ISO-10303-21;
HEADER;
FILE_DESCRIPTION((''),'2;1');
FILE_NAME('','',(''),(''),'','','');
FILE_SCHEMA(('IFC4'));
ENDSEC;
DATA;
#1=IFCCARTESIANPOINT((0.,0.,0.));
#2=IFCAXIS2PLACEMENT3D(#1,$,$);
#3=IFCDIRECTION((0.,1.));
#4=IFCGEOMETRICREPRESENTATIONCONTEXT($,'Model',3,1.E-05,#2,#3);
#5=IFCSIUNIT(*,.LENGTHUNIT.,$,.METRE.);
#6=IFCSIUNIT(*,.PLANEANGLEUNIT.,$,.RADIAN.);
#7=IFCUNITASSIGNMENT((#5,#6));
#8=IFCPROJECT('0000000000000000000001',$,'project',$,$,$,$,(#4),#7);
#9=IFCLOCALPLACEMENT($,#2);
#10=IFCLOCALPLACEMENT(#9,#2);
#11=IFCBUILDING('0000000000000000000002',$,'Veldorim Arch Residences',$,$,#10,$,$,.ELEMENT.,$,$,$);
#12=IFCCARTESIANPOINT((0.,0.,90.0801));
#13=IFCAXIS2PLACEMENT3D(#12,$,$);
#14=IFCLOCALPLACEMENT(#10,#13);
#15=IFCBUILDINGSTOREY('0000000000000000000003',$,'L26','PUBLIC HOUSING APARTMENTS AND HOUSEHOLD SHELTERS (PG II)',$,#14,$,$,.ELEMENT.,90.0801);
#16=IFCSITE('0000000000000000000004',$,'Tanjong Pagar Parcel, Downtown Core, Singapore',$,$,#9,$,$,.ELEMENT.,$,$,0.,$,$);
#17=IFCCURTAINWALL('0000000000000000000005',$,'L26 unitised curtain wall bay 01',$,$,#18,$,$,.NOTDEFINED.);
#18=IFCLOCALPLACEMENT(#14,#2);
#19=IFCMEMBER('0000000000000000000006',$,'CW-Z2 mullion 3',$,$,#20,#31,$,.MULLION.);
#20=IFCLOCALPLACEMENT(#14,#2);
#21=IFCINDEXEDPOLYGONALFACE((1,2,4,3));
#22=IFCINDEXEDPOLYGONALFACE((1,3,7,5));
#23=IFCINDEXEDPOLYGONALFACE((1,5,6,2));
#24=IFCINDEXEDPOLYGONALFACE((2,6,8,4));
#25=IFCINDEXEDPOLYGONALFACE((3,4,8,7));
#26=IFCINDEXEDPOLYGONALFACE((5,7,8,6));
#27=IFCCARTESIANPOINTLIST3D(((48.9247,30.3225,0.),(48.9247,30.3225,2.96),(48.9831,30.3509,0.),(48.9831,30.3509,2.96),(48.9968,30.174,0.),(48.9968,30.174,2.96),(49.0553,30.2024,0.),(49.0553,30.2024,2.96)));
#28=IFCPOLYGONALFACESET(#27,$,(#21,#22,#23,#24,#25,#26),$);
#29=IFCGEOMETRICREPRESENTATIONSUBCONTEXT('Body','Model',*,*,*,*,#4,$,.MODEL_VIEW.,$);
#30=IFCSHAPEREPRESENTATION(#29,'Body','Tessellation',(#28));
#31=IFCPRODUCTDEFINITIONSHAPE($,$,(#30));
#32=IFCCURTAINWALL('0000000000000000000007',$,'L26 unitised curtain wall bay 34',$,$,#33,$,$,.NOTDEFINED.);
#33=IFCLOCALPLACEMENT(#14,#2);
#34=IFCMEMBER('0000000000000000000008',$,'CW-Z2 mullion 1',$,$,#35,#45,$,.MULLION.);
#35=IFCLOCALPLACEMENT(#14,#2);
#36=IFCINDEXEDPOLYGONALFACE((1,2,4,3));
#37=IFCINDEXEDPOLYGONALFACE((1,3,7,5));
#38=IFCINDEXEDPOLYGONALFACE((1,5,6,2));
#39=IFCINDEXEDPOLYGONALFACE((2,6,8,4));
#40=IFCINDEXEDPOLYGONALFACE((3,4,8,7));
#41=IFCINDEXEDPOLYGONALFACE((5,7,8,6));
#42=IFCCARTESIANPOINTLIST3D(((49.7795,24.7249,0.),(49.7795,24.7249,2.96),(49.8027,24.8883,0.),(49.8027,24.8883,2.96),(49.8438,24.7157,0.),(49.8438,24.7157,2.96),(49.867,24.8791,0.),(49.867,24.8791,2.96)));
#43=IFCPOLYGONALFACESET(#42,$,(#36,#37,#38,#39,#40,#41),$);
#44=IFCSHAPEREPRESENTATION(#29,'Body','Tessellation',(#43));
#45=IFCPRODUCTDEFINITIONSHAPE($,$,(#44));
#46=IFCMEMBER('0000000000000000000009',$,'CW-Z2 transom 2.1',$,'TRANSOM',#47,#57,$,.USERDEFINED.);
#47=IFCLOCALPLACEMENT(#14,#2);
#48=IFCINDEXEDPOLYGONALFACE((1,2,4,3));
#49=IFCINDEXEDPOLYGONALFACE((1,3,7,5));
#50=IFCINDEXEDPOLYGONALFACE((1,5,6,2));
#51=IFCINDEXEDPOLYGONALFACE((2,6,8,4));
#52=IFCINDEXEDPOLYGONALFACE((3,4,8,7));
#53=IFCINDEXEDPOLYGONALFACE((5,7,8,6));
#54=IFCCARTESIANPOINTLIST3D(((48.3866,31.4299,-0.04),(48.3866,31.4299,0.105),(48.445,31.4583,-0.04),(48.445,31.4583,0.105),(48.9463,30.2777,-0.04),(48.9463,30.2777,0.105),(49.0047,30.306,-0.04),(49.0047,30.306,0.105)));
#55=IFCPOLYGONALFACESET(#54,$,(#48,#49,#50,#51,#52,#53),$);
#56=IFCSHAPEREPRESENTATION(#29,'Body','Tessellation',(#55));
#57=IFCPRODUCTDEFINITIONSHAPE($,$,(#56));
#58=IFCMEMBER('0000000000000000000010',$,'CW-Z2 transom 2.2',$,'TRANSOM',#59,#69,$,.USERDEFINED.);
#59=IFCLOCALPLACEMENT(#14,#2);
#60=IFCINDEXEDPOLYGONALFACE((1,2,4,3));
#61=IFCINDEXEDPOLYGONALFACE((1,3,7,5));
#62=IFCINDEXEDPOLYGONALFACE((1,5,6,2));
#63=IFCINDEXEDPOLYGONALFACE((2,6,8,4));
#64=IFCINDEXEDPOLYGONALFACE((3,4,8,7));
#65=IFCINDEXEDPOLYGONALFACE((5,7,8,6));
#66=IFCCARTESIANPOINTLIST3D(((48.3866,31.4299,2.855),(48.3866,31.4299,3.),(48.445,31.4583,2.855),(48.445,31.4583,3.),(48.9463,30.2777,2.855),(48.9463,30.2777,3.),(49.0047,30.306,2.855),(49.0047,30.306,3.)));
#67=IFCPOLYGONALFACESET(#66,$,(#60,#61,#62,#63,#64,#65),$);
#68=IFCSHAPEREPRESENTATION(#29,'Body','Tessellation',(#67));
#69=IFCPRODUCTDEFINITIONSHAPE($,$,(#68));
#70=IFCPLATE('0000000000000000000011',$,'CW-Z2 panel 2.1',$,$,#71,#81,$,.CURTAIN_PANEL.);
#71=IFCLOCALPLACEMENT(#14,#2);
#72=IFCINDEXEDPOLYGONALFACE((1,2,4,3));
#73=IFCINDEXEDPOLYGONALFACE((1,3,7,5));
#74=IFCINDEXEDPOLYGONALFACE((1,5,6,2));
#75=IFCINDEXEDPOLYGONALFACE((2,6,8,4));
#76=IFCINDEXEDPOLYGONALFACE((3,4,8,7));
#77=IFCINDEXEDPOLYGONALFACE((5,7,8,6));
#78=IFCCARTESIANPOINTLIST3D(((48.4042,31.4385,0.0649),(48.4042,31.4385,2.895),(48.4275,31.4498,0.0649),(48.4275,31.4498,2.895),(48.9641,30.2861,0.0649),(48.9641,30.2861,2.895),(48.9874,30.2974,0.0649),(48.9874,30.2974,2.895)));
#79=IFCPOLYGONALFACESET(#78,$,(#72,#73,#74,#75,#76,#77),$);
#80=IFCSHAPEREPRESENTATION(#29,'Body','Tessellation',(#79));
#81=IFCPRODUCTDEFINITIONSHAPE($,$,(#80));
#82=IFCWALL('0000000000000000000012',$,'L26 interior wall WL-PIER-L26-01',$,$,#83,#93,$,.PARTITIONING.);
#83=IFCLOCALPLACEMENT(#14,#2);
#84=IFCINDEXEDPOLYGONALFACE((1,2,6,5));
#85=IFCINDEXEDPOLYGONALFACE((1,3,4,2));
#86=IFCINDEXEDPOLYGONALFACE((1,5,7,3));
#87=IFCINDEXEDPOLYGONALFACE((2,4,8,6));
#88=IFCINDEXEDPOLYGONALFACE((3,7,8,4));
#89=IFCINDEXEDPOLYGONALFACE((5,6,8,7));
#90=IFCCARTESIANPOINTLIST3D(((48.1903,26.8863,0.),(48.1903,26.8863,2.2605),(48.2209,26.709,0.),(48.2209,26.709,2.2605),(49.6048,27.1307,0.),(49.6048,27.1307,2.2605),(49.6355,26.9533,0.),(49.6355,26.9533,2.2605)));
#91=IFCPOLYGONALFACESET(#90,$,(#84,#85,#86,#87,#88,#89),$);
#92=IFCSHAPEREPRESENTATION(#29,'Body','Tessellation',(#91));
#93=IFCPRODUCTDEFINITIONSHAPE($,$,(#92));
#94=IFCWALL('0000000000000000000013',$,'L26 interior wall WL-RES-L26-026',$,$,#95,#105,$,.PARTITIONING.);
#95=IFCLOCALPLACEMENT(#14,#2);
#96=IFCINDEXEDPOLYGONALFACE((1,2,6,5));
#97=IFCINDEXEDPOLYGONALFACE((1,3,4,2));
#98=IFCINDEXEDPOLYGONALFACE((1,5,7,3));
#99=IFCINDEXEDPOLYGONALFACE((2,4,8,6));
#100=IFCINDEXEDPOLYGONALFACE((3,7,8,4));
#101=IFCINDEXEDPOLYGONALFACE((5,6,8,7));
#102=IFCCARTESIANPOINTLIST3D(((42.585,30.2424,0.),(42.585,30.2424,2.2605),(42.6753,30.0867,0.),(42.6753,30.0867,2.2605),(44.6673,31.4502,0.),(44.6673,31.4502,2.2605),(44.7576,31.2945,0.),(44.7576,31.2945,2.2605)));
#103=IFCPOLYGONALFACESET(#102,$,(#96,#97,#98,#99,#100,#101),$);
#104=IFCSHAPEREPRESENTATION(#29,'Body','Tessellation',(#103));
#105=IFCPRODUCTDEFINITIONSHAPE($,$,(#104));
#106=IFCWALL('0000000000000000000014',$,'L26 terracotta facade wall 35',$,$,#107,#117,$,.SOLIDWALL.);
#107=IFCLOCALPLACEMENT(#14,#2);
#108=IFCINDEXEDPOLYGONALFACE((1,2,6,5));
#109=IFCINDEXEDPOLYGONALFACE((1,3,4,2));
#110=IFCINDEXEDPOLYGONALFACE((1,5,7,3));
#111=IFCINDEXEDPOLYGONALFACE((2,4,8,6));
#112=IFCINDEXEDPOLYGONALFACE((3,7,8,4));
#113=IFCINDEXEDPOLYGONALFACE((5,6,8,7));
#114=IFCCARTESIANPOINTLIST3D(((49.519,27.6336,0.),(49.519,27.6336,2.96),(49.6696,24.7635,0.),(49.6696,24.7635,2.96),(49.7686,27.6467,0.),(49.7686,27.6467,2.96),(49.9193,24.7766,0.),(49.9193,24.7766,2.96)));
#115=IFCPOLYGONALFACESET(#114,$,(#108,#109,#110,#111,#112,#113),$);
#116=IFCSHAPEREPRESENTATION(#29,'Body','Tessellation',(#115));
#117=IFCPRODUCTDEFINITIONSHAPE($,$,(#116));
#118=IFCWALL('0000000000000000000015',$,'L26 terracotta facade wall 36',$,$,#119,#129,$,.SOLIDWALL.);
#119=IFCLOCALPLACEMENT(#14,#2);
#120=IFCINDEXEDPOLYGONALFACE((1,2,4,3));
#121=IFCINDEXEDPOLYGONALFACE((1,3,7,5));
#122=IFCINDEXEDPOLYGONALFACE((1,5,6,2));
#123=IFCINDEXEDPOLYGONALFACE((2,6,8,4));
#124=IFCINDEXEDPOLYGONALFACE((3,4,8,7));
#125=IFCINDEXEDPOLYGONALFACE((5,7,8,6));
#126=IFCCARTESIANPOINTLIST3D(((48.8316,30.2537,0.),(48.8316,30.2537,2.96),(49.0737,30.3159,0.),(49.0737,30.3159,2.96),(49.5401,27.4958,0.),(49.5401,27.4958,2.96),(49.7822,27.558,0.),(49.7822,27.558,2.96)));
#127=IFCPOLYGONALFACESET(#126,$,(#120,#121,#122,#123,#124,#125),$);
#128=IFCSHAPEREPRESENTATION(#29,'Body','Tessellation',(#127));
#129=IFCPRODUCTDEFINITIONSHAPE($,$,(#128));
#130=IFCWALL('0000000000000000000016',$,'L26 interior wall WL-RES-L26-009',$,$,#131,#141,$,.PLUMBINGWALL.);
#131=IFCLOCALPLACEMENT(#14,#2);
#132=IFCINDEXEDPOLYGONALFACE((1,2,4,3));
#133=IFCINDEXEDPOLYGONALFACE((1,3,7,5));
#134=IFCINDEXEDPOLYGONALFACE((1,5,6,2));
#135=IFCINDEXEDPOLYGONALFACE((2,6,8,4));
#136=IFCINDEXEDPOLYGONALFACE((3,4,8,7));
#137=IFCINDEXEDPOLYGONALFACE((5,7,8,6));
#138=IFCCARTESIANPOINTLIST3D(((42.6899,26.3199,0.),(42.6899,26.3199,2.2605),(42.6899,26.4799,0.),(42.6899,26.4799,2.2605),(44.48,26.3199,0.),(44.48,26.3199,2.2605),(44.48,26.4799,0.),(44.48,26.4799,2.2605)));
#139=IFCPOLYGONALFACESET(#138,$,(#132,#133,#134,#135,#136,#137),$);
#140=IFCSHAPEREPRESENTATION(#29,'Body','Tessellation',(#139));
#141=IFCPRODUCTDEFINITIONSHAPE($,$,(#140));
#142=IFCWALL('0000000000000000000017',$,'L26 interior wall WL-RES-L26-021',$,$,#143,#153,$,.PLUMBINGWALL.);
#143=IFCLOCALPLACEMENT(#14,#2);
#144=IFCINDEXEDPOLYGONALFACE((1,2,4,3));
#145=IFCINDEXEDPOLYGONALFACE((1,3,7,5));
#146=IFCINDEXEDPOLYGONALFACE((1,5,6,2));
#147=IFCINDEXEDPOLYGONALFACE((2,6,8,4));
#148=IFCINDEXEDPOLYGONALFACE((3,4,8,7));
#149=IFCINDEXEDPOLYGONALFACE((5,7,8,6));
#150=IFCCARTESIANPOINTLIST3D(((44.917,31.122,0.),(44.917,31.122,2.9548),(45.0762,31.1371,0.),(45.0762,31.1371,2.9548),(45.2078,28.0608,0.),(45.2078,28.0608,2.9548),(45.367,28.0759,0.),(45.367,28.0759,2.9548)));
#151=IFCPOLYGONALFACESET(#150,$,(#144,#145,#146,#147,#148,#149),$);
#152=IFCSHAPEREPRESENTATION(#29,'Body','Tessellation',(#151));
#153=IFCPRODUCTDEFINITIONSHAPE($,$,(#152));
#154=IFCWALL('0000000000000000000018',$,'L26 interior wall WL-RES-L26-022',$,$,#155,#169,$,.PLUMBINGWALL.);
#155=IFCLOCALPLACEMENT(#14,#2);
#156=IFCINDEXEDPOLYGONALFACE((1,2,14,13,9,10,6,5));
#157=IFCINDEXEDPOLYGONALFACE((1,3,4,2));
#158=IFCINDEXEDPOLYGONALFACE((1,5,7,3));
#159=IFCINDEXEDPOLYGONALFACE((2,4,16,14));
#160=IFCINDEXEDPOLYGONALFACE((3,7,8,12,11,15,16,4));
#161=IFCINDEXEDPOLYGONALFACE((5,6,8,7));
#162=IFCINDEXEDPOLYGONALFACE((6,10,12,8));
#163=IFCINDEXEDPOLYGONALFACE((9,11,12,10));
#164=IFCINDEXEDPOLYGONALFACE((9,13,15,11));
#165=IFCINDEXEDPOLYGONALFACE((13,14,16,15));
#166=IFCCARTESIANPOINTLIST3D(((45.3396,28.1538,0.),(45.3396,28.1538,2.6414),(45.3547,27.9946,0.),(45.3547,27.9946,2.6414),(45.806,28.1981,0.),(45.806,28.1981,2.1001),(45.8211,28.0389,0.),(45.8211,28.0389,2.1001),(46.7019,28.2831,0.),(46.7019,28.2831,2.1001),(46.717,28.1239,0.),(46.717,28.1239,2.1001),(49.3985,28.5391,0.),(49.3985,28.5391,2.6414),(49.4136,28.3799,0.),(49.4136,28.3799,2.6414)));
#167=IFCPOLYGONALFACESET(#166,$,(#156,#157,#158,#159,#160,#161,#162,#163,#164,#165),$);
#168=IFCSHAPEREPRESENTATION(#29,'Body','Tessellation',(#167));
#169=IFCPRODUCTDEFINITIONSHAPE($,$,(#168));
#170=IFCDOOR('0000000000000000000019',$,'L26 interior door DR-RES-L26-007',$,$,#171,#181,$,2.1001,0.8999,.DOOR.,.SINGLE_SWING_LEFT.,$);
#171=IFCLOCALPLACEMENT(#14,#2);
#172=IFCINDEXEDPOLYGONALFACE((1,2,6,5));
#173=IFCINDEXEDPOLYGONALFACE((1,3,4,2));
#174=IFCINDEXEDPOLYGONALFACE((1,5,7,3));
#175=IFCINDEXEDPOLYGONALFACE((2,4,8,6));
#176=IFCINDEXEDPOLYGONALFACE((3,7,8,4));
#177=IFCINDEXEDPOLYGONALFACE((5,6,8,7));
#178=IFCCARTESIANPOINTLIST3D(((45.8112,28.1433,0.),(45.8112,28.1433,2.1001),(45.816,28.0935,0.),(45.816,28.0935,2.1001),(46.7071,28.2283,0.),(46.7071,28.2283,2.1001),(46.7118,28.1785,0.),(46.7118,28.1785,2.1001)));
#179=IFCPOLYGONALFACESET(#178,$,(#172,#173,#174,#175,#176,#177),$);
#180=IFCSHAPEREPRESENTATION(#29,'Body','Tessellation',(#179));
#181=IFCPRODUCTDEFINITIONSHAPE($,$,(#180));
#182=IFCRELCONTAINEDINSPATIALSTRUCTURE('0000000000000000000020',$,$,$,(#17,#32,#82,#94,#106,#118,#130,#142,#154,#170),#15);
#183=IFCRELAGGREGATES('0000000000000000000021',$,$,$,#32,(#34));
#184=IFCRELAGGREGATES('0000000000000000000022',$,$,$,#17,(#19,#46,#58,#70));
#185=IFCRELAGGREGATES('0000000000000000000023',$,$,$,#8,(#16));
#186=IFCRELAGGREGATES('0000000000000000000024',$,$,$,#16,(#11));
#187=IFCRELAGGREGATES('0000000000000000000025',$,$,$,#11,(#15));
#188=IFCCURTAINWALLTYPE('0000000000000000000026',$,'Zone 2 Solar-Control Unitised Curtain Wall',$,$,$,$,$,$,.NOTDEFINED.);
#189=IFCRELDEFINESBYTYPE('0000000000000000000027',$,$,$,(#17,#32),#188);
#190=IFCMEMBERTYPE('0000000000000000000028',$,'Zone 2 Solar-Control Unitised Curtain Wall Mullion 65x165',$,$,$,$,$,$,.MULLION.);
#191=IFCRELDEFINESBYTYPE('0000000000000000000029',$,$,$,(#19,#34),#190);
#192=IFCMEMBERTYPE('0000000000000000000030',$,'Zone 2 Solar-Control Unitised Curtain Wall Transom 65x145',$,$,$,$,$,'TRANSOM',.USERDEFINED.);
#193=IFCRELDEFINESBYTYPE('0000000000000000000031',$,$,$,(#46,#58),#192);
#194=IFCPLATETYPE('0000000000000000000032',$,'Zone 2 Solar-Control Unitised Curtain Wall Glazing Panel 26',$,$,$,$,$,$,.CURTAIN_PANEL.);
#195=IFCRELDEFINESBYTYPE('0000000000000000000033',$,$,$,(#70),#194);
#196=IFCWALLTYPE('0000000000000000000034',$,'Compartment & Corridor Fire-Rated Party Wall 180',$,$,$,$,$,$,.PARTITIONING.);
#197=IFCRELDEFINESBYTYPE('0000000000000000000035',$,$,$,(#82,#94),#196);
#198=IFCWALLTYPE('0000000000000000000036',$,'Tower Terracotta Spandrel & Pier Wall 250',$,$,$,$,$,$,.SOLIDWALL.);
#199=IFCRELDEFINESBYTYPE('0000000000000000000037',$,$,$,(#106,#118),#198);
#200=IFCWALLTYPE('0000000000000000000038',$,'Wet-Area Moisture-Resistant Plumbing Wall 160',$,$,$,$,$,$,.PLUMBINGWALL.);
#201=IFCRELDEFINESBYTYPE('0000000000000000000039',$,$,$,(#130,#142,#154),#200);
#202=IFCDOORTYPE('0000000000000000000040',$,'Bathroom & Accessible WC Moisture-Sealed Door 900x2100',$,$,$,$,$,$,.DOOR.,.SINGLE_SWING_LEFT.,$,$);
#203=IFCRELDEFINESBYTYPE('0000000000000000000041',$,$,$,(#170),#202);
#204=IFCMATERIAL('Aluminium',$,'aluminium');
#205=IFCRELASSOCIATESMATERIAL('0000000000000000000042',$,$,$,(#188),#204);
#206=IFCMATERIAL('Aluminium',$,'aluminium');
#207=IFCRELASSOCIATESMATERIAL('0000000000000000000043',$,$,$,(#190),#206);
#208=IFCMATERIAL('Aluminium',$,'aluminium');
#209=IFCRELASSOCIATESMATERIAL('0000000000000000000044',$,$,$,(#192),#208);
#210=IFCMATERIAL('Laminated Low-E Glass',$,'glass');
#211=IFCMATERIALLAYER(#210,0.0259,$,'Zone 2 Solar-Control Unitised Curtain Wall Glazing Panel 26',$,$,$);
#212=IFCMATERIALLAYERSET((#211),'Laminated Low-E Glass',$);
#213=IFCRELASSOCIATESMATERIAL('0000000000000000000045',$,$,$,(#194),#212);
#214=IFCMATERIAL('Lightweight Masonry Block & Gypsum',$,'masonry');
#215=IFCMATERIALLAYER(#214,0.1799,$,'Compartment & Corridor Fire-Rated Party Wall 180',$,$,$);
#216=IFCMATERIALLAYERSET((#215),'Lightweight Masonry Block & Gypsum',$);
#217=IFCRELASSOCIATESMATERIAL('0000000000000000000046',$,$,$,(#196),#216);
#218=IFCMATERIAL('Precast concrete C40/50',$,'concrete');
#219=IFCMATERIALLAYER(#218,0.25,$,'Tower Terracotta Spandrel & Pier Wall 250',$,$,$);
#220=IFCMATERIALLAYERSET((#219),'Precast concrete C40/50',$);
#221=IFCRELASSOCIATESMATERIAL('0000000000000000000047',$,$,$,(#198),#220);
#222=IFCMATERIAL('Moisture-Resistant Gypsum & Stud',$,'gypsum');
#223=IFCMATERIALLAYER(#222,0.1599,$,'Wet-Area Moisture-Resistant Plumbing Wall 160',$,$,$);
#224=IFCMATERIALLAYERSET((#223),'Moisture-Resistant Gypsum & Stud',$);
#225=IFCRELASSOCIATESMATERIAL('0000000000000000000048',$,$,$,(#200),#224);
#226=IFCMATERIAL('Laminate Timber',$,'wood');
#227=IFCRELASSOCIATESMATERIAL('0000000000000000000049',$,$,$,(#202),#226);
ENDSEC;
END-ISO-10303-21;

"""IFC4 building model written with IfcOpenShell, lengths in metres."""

from ifc_helpers import new_model, si_unit, direction, frame, frame_2d, origin, origin_2d, place, context, subcontext, project, spatial, rectangle, extrude, material, layer, layer_set, material_profile, profile_set, type_object, element, fill, aggregate, save


model = new_model("IFC4")

# Units and contexts
model_context = context("Model", 3, precision=1e-05, world=origin(), true_north=direction((0.0, 1.0)))
body_context = subcontext(model_context, "Body", "Model", "MODEL_VIEW")
ifc_project = project(units=[si_unit("LENGTHUNIT", "METRE"), si_unit("PLANEANGLEUNIT", "RADIAN")], contexts=[model_context])

# Site, building, storey
site_placement = place(None, origin())
site = spatial("IfcSite", under=ifc_project, at=site_placement, Name="Tanjong Pagar Parcel, Downtown Core, Singapore", CompositionType="ELEMENT", RefElevation=0.0)
building_placement = place(site_placement, origin())
building = spatial("IfcBuilding", under=site, at=building_placement, Name="Veldorim Arch Residences", CompositionType="ELEMENT")
storey_placement = place(building_placement, frame((0.0, 0.0, 90.0801)))
storey = spatial("IfcBuildingStorey", under=building, at=storey_placement, Name="L26", Description="PUBLIC HOUSING APARTMENTS AND HOUSEHOLD SHELTERS (PG II)", CompositionType="ELEMENT", Elevation=90.0801)

# Curtain wall, member
ifc_material_1 = material(Name="Aluminium", Category="aluminium")
curtain_wall_type = type_object("IfcCurtainWallType", Name="Zone 2 Solar-Control Unitised Curtain Wall", PredefinedType="NOTDEFINED", material=ifc_material_1)
curtain_wall_1_placement = place(storey_placement, origin())
curtain_wall_1 = element("IfcCurtainWall", 1, at=curtain_wall_1_placement, inside=storey, type_object=curtain_wall_type, Name="L26 unitised curtain wall bay 01", PredefinedType="NOTDEFINED")
ifc_material_2 = material(Name="Aluminium", Category="aluminium")
ifc_material_profile_1 = material_profile(ifc_material_2, rectangle(XDim=0.0649, YDim=0.165, at=origin_2d()), Name="ALU_MUL_65x165")
ifc_profile_set_1 = profile_set([ifc_material_profile_1], Name="Aluminium")
member_type_1 = type_object("IfcMemberType", Name="Zone 2 Solar-Control Unitised Curtain Wall Mullion 65x165", PredefinedType="MULLION", material=ifc_profile_set_1)
member_1_placement = place(storey_placement, frame((48.99, 30.2625, 0.0), z_axis=(0.0, 0.0, 1.0), x_axis=(0.899439, 0.437046, 0.0)))
member_1 = element("IfcMember", 2, at=member_1_placement, type_object=member_type_1, Name="CW-Z2 mullion 3", PredefinedType="MULLION", context=body_context, shape_type="SweptSolid", body=[
    extrude(rectangle(XDim=0.0649, YDim=0.165, at=origin_2d()), origin(), (0.0, 0.0, 1.0), 2.96),
])

# Curtain wall, member
curtain_wall_2_placement = place(storey_placement, origin())
curtain_wall_2 = element("IfcCurtainWall", 3, at=curtain_wall_2_placement, inside=storey, type_object=curtain_wall_type, Name="L26 unitised curtain wall bay 34", PredefinedType="NOTDEFINED")
member_2_placement = place(storey_placement, frame((49.8232, 24.802, 0.0), z_axis=(0.0, 0.0, 1.0), x_axis=(0.990071, -0.140571, 0.0)))
member_2 = element("IfcMember", 4, at=member_2_placement, type_object=member_type_1, Name="CW-Z2 mullion 1", PredefinedType="MULLION", context=body_context, shape_type="SweptSolid", body=[
    extrude(rectangle(XDim=0.0649, YDim=0.165, at=origin_2d()), origin(), (0.0, 0.0, 1.0), 2.96),
])
aggregate(curtain_wall_2, [member_2])

# Members
ifc_material_3 = material(Name="Aluminium", Category="aluminium")
ifc_material_profile_2 = material_profile(ifc_material_3, rectangle(XDim=0.0649, YDim=0.145, at=origin_2d()), Name="ALU_TRN_65x145")
ifc_profile_set_2 = profile_set([ifc_material_profile_2], Name="Aluminium")
member_type_2 = type_object("IfcMemberType", Name="Zone 2 Solar-Control Unitised Curtain Wall Transom 65x145", ElementType="TRANSOM", PredefinedType="USERDEFINED", material=ifc_profile_set_2)
member_3_placement = place(storey_placement, frame((48.4158, 31.4441, 0.0325), z_axis=(0.43697, -0.899476, 0.0), x_axis=(0.899476, 0.43697, 0.0)))
member_3 = element("IfcMember", 5, at=member_3_placement, type_object=member_type_2, Name="CW-Z2 transom 2.1", ObjectType="TRANSOM", PredefinedType="USERDEFINED", context=body_context, shape_type="SweptSolid", body=[
    extrude(rectangle(XDim=0.0649, YDim=0.145, at=origin_2d()), origin(), (0.0, 0.0, 1.0), 1.281),
])
member_4_placement = place(storey_placement, frame((48.4158, 31.4441, 2.9275), z_axis=(0.43697, -0.899476, 0.0), x_axis=(0.899476, 0.43697, 0.0)))
member_4 = element("IfcMember", 6, at=member_4_placement, type_object=member_type_2, Name="CW-Z2 transom 2.2", ObjectType="TRANSOM", PredefinedType="USERDEFINED", context=body_context, shape_type="SweptSolid", body=[
    extrude(rectangle(XDim=0.0649, YDim=0.145, at=origin_2d()), origin(), (0.0, 0.0, 1.0), 1.281),
])

# Plate
ifc_material_4 = material(Name="Laminated Low-E Glass", Category="glass")
ifc_layer_1 = layer(ifc_material_4, 0.0259, Name="Zone 2 Solar-Control Unitised Curtain Wall Glazing Panel 26")
ifc_layer_set_1 = layer_set([ifc_layer_1], Name="Laminated Low-E Glass")
plate_type = type_object("IfcPlateType", Name="Zone 2 Solar-Control Unitised Curtain Wall Glazing Panel 26", PredefinedType="CURTAIN_PANEL", material=ifc_layer_set_1)
plate_placement = place(storey_placement, frame((48.6958, 30.8679, 0.0649), z_axis=(0.0, 0.0, 1.0), x_axis=(0.437046, -0.899439, 0.0)))
plate = element("IfcPlate", 7, at=plate_placement, type_object=plate_type, Name="CW-Z2 panel 2.1", PredefinedType="CURTAIN_PANEL", context=body_context, shape_type="SweptSolid", body=[
    extrude(rectangle(XDim=1.2812, YDim=0.0259, at=origin_2d()), origin(), (0.0, 0.0, 1.0), 2.8301),
])
aggregate(curtain_wall_1, [member_1, member_3, member_4, plate])

# Wall
ifc_material_5 = material(Name="Lightweight Masonry Block & Gypsum", Category="masonry")
ifc_layer_2 = layer(ifc_material_5, 0.1799, Name="Compartment & Corridor Fire-Rated Party Wall 180")
ifc_layer_set_2 = layer_set([ifc_layer_2], Name="Lightweight Masonry Block & Gypsum")
wall_type_1 = type_object("IfcWallType", Name="Compartment & Corridor Fire-Rated Party Wall 180", PredefinedType="PARTITIONING", material=ifc_layer_set_2)
wall_1_placement = place(storey_placement, frame((48.2056, 26.7976, 0.0), z_axis=(0.0, 0.0, 1.0), x_axis=(0.985402, 0.170243, 0.0)))
element("IfcWall", 8, at=wall_1_placement, inside=storey, type_object=wall_type_1, Name="L26 interior wall WL-PIER-L26-01", PredefinedType="PARTITIONING", context=body_context, shape_type="SweptSolid", body=[
    extrude(rectangle(XDim=1.4355, YDim=0.1799, at=frame_2d((0.7178, 0.0))), origin(), (0.0, 0.0, 1.0), 2.2605),
])

# Walls
wall_2_placement = place(storey_placement, frame((42.6301, 30.1646, 0.0), z_axis=(0.0, 0.0, 1.0), x_axis=(0.865023, 0.501732, 0.0)))
element("IfcWall", 9, at=wall_2_placement, inside=storey, type_object=wall_type_1, Name="L26 interior wall WL-RES-L26-026", PredefinedType="PARTITIONING", context=body_context, shape_type="SweptSolid", body=[
    extrude(rectangle(XDim=2.4072, YDim=0.1799, at=frame_2d((1.2036, 0.0))), origin(), (0.0, 0.0, 1.0), 2.2605),
])
ifc_material_6 = material(Name="Precast concrete C40/50", Category="concrete")
ifc_layer_3 = layer(ifc_material_6, 0.25, Name="Tower Terracotta Spandrel & Pier Wall 250")
ifc_layer_set_3 = layer_set([ifc_layer_3], Name="Precast concrete C40/50")
wall_type_2 = type_object("IfcWallType", Name="Tower Terracotta Spandrel & Pier Wall 250", PredefinedType="SOLIDWALL", material=ifc_layer_set_3)
wall_3_placement = place(storey_placement, frame((49.6438, 27.6401, 0.0), z_axis=(0.0, 0.0, 1.0), x_axis=(0.052412, -0.998626, 0.0)))
element("IfcWall", 10, at=wall_3_placement, inside=storey, type_object=wall_type_2, Name="L26 terracotta facade wall 35", PredefinedType="SOLIDWALL", context=body_context, shape_type="SweptSolid", body=[
    extrude(rectangle(XDim=2.874, YDim=0.25, at=frame_2d((1.437, 0.0))), origin(), (0.0, 0.0, 1.0), 2.96),
])
wall_4_placement = place(storey_placement, frame((48.9526, 30.2849, 0.0), z_axis=(0.0, 0.0, 1.0), x_axis=(0.248825, -0.968548, 0.0)))
element("IfcWall", 11, at=wall_4_placement, inside=storey, type_object=wall_type_2, Name="L26 terracotta facade wall 36", PredefinedType="SOLIDWALL", context=body_context, shape_type="SweptSolid", body=[
    extrude(rectangle(XDim=2.8474, YDim=0.25, at=frame_2d((1.4238, 0.0))), origin(), (0.0, 0.0, 1.0), 2.96),
])
ifc_material_7 = material(Name="Moisture-Resistant Gypsum & Stud", Category="gypsum")
ifc_layer_4 = layer(ifc_material_7, 0.1599, Name="Wet-Area Moisture-Resistant Plumbing Wall 160")
ifc_layer_set_4 = layer_set([ifc_layer_4], Name="Moisture-Resistant Gypsum & Stud")
wall_type_3 = type_object("IfcWallType", Name="Wet-Area Moisture-Resistant Plumbing Wall 160", PredefinedType="PLUMBINGWALL", material=ifc_layer_set_4)
wall_5_placement = place(storey_placement, frame((42.6899, 26.3999, 0.0), z_axis=(0.0, 0.0, 1.0), x_axis=(1.0, 0.0, 0.0)))
element("IfcWall", 12, at=wall_5_placement, inside=storey, type_object=wall_type_3, Name="L26 interior wall WL-RES-L26-009", PredefinedType="PLUMBINGWALL", context=body_context, shape_type="SweptSolid", body=[
    extrude(rectangle(XDim=1.79, YDim=0.1599, at=frame_2d((0.895, 0.0))), origin(), (0.0, 0.0, 1.0), 2.2605),
])
wall_6_placement = place(storey_placement, frame((44.9966, 31.1296, 0.0), z_axis=(0.0, 0.0, 1.0), x_axis=(0.094558, -0.995519, 0.0)))
element("IfcWall", 13, at=wall_6_placement, inside=storey, type_object=wall_type_3, Name="L26 interior wall WL-RES-L26-021", PredefinedType="PLUMBINGWALL", context=body_context, shape_type="SweptSolid", body=[
    extrude(rectangle(XDim=3.075, YDim=0.1599, at=frame_2d((1.5376, 0.0))), origin(), (0.0, 0.0, 1.0), 2.9548),
])

# Wall, opening, door
wall_7_placement = place(storey_placement, frame((45.3472, 28.0742, 0.0), z_axis=(0.0, 0.0, 1.0), x_axis=(0.995526, 0.094493, 0.0)))
wall_7 = element("IfcWall", 14, at=wall_7_placement, inside=storey, type_object=wall_type_3, Name="L26 interior wall WL-RES-L26-022", PredefinedType="PLUMBINGWALL", context=body_context, shape_type="SweptSolid", body=[
    extrude(rectangle(XDim=4.0771, YDim=0.1599, at=frame_2d((2.0386, 0.0))), origin(), (0.0, 0.0, 1.0), 2.6414),
])
opening_1_placement = place(wall_7_placement, frame((0.4685, 0.0, 0.0)))
opening_1 = element("IfcOpeningElement", 15, at=opening_1_placement, cuts=wall_7, PredefinedType="OPENING", context=body_context, shape_type="SweptSolid", body=[
    extrude(rectangle(XDim=0.8999, YDim=2.1001, at=frame_2d((0.45, 1.05))), frame((0.0, 0.0898, 0.0), z_axis=(0.0, -1.0, 0.0), x_axis=(1.0, 0.0, 0.0)), (0.0, 0.0, 1.0), 0.1799),
])
ifc_material_8 = material(Name="Laminate Timber", Category="wood")
door_type_1 = type_object("IfcDoorType", Name="Bathroom & Accessible WC Moisture-Sealed Door 900x2100", OperationType="SINGLE_SWING_LEFT", PredefinedType="DOOR", material=ifc_material_8)
door_1_placement = place(opening_1_placement, origin())
door_1 = element("IfcDoor", 16, at=door_1_placement, inside=storey, type_object=door_type_1, Name="L26 interior door DR-RES-L26-007", OperationType="SINGLE_SWING_LEFT", OverallHeight=2.1001, OverallWidth=0.8999, PredefinedType="DOOR", context=body_context, shape_type="SweptSolid", body=[
    extrude(rectangle(XDim=0.8999, YDim=2.1001, at=frame_2d((0.45, 1.05))), frame((0.0, 0.0249, 0.0), z_axis=(0.0, -1.0, 0.0), x_axis=(1.0, 0.0, 0.0)), (0.0, 0.0, 1.0), 0.05),
])
fill(opening_1, door_1)

save(model, "model.ifc")
